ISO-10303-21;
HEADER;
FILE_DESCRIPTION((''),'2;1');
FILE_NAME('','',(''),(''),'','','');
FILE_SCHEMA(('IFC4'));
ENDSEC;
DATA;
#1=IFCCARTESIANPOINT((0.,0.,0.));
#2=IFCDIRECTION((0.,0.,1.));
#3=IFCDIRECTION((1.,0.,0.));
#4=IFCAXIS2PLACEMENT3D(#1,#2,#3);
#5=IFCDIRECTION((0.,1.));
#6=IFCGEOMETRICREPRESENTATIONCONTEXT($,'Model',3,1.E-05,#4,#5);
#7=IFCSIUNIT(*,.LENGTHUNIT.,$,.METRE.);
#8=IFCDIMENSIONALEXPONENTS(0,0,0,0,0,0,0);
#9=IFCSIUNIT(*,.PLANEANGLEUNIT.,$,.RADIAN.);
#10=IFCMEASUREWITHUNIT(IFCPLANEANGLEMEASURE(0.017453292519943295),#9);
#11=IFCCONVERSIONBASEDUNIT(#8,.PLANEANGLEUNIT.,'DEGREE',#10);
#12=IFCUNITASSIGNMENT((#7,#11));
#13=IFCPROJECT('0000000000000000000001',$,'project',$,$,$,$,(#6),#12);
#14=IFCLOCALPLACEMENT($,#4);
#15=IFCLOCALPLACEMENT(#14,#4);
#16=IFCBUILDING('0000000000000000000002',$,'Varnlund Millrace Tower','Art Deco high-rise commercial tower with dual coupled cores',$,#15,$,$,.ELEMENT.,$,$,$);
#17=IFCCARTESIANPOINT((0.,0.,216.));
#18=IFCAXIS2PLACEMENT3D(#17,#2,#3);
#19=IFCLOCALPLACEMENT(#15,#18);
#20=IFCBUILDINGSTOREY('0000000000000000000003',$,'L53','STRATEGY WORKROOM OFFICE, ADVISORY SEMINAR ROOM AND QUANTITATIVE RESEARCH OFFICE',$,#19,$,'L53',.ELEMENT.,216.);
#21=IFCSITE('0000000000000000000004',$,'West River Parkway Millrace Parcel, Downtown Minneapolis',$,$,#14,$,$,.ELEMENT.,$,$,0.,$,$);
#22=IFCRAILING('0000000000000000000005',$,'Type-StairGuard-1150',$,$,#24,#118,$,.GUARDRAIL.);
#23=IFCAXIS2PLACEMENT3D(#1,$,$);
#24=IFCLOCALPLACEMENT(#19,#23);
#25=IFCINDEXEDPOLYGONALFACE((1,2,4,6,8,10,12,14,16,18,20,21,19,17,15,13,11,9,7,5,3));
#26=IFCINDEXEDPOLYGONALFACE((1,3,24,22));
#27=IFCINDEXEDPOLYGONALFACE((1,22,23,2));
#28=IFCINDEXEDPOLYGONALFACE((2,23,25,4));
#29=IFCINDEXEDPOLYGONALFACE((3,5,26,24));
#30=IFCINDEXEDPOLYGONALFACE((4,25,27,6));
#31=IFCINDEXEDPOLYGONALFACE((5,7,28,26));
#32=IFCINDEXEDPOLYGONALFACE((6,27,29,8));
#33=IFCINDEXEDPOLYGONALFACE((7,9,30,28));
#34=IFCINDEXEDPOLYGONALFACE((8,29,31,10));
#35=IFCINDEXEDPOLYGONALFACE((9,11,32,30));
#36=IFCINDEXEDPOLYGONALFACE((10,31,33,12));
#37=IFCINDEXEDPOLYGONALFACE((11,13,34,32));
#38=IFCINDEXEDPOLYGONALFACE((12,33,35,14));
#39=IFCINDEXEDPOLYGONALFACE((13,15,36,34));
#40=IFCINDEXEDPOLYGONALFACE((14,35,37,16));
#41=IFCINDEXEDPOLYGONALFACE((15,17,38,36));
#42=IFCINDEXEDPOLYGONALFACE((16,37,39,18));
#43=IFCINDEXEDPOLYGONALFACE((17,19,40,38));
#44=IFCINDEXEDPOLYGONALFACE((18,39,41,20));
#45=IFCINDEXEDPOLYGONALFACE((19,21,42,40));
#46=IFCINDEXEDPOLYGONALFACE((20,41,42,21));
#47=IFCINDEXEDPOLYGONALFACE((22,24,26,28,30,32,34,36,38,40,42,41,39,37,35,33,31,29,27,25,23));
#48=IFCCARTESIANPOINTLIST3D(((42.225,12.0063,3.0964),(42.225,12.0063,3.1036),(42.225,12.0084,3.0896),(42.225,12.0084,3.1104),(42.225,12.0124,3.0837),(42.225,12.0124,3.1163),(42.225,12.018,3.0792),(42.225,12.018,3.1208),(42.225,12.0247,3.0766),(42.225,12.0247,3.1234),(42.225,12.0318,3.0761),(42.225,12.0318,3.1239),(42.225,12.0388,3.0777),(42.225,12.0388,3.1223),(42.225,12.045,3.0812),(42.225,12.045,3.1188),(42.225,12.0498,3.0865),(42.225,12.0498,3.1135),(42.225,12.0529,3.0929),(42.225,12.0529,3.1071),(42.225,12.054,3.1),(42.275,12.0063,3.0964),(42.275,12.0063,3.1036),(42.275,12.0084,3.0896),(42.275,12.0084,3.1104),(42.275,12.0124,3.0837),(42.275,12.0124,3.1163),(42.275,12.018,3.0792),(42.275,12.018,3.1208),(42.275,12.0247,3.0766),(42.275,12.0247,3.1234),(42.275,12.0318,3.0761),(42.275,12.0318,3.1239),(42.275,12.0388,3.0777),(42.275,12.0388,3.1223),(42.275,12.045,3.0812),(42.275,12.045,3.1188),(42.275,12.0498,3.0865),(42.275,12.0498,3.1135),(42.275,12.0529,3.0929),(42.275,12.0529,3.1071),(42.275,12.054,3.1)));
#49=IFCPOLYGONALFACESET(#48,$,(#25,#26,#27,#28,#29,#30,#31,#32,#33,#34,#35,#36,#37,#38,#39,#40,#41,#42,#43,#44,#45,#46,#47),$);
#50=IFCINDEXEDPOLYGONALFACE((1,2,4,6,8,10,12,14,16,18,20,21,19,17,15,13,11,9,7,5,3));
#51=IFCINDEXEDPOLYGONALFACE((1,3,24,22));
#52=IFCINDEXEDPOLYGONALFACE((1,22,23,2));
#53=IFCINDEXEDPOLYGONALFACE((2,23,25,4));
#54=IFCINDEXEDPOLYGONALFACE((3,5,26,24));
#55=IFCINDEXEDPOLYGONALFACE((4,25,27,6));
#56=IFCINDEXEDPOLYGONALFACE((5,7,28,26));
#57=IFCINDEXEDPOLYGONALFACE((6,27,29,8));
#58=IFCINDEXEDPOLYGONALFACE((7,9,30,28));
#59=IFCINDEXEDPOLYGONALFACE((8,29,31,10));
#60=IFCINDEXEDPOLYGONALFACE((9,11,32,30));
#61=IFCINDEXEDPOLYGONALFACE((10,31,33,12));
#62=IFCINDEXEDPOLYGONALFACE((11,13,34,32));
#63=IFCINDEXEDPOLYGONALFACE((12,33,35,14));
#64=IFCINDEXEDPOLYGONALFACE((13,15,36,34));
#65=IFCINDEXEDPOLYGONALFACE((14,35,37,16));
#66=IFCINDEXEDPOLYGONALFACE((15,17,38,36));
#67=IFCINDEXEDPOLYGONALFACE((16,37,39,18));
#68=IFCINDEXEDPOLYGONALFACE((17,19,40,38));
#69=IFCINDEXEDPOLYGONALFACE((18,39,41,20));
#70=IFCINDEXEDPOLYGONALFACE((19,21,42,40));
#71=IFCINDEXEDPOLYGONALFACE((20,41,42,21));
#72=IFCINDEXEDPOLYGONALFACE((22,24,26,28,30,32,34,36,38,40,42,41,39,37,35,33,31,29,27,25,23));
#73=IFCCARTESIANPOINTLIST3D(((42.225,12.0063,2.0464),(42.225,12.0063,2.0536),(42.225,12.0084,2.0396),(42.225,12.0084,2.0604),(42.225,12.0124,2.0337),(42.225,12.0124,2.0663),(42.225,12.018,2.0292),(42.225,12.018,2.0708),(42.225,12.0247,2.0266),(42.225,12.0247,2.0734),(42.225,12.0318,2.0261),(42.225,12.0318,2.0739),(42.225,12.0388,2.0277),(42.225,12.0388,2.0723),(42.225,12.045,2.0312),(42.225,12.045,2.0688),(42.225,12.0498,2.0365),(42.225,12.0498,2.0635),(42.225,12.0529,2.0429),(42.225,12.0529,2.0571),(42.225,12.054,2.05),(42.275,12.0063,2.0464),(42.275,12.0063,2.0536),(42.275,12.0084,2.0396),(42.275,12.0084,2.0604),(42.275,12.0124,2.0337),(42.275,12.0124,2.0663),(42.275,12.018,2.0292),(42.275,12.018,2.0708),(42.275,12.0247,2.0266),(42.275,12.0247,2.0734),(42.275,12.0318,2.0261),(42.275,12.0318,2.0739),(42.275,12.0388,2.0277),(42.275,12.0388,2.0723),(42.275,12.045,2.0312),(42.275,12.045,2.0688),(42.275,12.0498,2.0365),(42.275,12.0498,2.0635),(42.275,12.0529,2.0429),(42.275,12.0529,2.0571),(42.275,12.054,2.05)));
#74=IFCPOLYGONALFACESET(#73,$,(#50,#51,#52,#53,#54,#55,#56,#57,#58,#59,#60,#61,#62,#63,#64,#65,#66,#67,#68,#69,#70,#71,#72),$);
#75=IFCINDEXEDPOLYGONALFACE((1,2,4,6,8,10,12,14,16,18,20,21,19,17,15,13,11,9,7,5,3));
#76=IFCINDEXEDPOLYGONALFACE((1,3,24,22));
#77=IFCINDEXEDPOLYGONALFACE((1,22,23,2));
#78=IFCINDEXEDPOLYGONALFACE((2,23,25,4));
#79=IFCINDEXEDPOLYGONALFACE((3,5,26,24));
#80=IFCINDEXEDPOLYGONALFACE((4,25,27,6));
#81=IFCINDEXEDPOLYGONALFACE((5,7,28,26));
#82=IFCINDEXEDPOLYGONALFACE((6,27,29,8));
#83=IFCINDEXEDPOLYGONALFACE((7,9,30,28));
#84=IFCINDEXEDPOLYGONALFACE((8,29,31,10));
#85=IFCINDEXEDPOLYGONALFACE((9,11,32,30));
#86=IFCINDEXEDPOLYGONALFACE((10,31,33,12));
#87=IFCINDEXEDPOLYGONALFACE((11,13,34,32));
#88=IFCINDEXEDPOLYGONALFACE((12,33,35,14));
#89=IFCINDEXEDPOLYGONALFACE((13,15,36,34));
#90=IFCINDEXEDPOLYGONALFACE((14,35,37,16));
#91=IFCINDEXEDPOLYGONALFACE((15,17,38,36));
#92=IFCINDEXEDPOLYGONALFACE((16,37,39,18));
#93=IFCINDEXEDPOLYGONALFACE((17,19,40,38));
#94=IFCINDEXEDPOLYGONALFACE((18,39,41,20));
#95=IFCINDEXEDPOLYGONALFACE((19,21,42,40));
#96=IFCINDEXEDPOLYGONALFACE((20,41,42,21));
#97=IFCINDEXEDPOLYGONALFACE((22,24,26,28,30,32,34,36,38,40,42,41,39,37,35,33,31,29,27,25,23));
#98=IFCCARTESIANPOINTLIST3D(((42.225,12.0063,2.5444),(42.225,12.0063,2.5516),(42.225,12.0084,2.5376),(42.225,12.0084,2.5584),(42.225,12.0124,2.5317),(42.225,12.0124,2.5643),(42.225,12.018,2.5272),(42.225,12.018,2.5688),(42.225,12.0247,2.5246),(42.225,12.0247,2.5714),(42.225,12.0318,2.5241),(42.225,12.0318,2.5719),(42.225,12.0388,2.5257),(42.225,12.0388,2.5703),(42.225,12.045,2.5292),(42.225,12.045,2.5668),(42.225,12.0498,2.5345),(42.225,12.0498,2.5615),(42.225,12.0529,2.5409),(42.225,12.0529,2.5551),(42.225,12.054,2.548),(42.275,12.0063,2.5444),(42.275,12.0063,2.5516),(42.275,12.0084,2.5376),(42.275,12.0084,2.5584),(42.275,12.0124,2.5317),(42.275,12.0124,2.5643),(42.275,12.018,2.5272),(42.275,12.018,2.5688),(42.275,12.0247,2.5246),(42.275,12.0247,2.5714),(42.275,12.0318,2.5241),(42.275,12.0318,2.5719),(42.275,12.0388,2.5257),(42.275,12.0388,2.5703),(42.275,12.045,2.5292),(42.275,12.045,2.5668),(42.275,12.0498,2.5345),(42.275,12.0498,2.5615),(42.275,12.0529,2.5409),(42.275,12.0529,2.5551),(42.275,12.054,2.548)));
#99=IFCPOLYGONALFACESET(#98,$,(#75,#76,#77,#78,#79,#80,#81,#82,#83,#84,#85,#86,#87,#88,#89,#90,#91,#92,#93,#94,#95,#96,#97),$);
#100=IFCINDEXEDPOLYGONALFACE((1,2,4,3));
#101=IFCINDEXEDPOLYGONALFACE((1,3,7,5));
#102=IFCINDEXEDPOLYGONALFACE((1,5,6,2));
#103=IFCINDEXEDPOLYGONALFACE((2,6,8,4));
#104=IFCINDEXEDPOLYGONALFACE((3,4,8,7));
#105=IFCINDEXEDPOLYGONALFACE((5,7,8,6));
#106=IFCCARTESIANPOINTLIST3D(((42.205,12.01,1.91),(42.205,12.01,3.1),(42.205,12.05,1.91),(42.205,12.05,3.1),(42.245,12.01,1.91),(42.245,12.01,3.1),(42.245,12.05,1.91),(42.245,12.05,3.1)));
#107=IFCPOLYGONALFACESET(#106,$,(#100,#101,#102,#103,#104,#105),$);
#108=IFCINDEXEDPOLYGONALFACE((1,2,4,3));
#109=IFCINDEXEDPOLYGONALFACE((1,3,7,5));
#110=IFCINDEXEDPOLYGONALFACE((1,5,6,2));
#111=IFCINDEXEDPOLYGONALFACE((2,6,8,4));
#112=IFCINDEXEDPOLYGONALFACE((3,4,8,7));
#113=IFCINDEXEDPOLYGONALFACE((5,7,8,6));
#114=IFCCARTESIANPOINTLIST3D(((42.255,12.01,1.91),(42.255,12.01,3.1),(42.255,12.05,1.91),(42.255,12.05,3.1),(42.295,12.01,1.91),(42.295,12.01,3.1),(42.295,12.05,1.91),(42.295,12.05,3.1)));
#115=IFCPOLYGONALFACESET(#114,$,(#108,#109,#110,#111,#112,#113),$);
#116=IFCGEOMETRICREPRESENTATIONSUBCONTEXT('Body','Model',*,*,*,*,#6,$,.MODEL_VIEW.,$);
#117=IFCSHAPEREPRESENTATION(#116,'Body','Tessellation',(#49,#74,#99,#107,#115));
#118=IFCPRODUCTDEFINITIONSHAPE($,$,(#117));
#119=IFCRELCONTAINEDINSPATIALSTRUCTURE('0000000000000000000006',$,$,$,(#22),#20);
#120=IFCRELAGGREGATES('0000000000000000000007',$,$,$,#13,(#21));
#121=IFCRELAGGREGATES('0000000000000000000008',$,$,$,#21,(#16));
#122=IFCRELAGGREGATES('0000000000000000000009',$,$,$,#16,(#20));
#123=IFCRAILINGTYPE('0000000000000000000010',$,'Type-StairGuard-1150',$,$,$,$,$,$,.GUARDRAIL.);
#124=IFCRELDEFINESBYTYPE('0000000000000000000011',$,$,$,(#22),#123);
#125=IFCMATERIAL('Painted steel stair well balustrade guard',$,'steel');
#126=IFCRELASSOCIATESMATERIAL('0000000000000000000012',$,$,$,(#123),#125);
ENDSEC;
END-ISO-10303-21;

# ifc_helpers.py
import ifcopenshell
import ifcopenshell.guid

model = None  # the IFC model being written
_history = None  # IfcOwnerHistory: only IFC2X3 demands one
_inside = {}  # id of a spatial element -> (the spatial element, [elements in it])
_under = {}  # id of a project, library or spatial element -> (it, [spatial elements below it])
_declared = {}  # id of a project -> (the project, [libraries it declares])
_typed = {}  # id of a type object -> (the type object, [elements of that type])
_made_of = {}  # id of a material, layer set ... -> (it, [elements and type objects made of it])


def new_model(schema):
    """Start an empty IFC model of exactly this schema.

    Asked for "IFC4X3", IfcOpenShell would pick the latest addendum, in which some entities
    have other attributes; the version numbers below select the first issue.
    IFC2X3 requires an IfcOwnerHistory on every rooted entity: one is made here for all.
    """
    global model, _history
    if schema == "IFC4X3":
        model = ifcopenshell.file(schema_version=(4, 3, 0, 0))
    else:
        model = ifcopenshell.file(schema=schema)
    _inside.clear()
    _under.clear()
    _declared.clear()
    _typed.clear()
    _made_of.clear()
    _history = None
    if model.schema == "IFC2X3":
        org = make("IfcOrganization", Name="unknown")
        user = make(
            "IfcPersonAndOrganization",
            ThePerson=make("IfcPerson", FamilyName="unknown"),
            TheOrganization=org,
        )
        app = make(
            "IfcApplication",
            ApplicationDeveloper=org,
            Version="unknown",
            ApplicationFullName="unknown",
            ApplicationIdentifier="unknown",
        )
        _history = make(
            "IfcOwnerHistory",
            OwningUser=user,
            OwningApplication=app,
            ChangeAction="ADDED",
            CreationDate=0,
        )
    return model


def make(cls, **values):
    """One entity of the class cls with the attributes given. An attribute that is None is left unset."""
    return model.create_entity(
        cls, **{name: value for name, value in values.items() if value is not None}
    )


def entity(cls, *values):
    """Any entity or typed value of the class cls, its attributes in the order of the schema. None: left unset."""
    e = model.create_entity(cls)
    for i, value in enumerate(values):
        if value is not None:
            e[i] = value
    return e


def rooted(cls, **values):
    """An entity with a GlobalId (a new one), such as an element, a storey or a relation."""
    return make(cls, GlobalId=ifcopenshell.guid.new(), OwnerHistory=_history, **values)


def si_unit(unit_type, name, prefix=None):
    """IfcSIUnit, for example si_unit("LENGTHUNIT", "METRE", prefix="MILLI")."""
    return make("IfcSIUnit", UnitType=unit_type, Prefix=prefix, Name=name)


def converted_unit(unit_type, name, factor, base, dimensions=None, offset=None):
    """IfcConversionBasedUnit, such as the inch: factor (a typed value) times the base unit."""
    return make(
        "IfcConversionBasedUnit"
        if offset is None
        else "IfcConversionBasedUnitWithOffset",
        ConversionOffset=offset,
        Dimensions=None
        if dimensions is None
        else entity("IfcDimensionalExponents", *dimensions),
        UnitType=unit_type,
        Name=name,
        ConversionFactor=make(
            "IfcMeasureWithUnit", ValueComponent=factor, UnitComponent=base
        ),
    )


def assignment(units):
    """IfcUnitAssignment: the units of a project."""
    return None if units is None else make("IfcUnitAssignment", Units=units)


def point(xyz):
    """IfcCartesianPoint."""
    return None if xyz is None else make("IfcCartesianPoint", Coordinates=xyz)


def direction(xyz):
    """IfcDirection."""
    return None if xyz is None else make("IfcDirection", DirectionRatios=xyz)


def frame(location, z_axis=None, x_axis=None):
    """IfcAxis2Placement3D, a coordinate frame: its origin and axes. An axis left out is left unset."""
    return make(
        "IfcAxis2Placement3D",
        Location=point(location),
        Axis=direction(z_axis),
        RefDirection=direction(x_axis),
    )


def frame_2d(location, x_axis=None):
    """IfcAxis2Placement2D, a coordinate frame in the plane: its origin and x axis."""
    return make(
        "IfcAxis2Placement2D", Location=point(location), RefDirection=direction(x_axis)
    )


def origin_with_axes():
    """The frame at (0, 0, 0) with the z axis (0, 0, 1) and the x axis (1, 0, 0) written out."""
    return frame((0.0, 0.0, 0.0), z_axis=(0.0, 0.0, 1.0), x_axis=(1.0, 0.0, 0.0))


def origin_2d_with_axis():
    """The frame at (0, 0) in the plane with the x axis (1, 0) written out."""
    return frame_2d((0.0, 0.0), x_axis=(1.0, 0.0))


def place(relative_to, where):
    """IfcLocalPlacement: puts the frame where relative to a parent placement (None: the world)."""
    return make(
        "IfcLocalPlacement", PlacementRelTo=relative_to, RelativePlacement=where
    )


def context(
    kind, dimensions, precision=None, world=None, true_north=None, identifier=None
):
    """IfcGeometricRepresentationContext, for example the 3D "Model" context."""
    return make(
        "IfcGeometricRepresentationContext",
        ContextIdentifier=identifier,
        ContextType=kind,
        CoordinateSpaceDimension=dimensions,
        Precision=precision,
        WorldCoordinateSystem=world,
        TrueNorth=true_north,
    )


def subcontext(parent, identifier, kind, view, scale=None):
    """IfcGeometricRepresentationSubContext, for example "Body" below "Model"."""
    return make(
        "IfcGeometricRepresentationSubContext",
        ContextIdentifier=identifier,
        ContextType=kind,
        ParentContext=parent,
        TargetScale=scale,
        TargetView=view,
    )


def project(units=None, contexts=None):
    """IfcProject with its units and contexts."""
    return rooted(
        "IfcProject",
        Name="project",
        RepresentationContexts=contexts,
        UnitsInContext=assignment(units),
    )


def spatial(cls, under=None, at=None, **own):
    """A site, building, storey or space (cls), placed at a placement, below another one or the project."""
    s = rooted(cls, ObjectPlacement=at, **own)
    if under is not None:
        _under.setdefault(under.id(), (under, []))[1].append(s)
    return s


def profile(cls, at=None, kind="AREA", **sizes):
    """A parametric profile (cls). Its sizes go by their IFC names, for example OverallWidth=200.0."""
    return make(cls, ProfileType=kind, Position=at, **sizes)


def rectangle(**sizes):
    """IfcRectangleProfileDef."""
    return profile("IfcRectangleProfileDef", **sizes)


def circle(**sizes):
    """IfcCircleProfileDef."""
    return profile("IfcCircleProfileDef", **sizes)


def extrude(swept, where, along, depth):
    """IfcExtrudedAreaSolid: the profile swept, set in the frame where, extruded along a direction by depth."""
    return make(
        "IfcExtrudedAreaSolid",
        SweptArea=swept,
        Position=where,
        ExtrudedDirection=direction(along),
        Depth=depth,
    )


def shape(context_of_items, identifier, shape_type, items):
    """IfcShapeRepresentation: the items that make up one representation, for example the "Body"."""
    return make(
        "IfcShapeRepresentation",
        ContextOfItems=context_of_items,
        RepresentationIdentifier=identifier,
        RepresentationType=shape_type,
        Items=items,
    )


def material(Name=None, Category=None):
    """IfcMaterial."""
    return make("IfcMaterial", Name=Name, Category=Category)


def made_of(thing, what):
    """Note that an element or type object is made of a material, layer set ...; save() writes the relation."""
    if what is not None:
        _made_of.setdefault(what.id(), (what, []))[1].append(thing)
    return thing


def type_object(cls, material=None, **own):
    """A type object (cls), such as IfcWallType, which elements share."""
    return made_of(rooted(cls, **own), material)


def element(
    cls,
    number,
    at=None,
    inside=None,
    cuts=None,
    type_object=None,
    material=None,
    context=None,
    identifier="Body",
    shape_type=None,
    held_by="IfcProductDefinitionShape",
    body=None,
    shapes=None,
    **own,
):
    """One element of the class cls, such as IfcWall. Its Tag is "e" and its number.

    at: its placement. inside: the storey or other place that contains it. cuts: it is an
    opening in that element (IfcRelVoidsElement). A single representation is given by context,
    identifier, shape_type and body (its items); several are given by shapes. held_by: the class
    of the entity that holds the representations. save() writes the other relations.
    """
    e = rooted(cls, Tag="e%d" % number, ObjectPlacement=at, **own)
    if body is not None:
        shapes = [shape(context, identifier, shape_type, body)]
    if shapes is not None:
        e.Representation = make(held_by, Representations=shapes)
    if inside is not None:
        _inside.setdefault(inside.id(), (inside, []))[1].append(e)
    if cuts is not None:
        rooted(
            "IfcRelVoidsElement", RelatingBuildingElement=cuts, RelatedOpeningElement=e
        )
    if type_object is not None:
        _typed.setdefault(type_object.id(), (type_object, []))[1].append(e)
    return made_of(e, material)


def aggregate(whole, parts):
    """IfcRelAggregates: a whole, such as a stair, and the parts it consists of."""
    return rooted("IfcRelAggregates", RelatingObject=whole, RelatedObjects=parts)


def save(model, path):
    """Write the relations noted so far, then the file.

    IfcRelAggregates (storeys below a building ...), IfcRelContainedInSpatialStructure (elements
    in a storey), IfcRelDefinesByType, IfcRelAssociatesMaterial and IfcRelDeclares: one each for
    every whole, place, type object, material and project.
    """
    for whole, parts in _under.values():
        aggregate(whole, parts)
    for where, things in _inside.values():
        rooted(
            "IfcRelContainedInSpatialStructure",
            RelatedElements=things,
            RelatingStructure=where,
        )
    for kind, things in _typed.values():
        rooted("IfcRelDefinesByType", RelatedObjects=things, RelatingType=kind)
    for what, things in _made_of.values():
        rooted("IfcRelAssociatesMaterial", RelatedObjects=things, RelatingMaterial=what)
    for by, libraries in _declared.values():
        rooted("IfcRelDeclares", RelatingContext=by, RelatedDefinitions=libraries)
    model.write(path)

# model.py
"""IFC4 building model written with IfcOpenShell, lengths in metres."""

from ifc_helpers import new_model, entity, si_unit, converted_unit, direction, frame, origin_with_axes, origin_2d_with_axis, place, context, subcontext, project, spatial, rectangle, circle, extrude, material, type_object, element, save


model = new_model("IFC4")

# Units and contexts
model_context = context("Model", 3, precision=1e-05, world=origin_with_axes(), true_north=direction((0.0, 1.0)))
body_context = subcontext(model_context, "Body", "Model", "MODEL_VIEW")
ifc_project = project(units=[si_unit("LENGTHUNIT", "METRE"), converted_unit("PLANEANGLEUNIT", "DEGREE", entity("IfcPlaneAngleMeasure", 0.017453292519943295), si_unit("PLANEANGLEUNIT", "RADIAN"), dimensions=[0, 0, 0, 0, 0, 0, 0])], contexts=[model_context])

# Site, building, storey
site_placement = place(None, origin_with_axes())
site = spatial("IfcSite", under=ifc_project, at=site_placement, Name="West River Parkway Millrace Parcel, Downtown Minneapolis", CompositionType="ELEMENT", RefElevation=0.0)
building_placement = place(site_placement, origin_with_axes())
building = spatial("IfcBuilding", under=site, at=building_placement, Name="Varnlund Millrace Tower", Description="Art Deco high-rise commercial tower with dual coupled cores", CompositionType="ELEMENT")
storey_placement = place(building_placement, frame((0.0, 0.0, 216.0), z_axis=(0.0, 0.0, 1.0), x_axis=(1.0, 0.0, 0.0)))
storey = spatial("IfcBuildingStorey", under=building, at=storey_placement, Name="L53", Description="STRATEGY WORKROOM OFFICE, ADVISORY SEMINAR ROOM AND QUANTITATIVE RESEARCH OFFICE", LongName="L53", CompositionType="ELEMENT", Elevation=216.0)

# Railing
ifc_material_1 = material(Name="Painted steel stair well balustrade guard", Category="steel")
railing_type_1 = type_object("IfcRailingType", Name="Type-StairGuard-1150", PredefinedType="GUARDRAIL", material=ifc_material_1)
railing_1_placement = place(storey_placement, frame((0.0, 0.0, -216.0), z_axis=(0.0, 0.0, 1.0), x_axis=(1.0, 0.0, 0.0)))
element("IfcRailing", 1, at=railing_1_placement, inside=storey, type_object=railing_type_1, Name="Type-StairGuard-1150", PredefinedType="GUARDRAIL", context=body_context, shape_type="SweptSolid", body=[
    extrude(circle(Radius=0.024, at=origin_2d_with_axis()), frame((42.225, 12.03, 219.1), z_axis=(1.0, 0.0, 0.0), x_axis=(0.0, 1.0, 0.0)), (0.0, 0.0, 1.0), 0.05),
    extrude(circle(Radius=0.024, at=origin_2d_with_axis()), frame((42.225, 12.03, 218.05), z_axis=(1.0, 0.0, 0.0), x_axis=(0.0, 1.0, 0.0)), (0.0, 0.0, 1.0), 0.05),
    extrude(circle(Radius=0.024, at=origin_2d_with_axis()), frame((42.225, 12.03, 218.548), z_axis=(1.0, 0.0, 0.0), x_axis=(0.0, 1.0, 0.0)), (0.0, 0.0, 1.0), 0.05),
    extrude(rectangle(XDim=0.04, YDim=0.04, at=origin_2d_with_axis()), frame((42.225, 12.03, 217.91), z_axis=(0.0, 0.0, 1.0), x_axis=(1.0, 0.0, 0.0)), (0.0, 0.0, 1.0), 1.19),
    extrude(rectangle(XDim=0.04, YDim=0.04, at=origin_2d_with_axis()), frame((42.275, 12.03, 217.91), z_axis=(0.0, 0.0, 1.0), x_axis=(1.0, 0.0, 0.0)), (0.0, 0.0, 1.0), 1.19),
])

save(model, "model.ifc")
